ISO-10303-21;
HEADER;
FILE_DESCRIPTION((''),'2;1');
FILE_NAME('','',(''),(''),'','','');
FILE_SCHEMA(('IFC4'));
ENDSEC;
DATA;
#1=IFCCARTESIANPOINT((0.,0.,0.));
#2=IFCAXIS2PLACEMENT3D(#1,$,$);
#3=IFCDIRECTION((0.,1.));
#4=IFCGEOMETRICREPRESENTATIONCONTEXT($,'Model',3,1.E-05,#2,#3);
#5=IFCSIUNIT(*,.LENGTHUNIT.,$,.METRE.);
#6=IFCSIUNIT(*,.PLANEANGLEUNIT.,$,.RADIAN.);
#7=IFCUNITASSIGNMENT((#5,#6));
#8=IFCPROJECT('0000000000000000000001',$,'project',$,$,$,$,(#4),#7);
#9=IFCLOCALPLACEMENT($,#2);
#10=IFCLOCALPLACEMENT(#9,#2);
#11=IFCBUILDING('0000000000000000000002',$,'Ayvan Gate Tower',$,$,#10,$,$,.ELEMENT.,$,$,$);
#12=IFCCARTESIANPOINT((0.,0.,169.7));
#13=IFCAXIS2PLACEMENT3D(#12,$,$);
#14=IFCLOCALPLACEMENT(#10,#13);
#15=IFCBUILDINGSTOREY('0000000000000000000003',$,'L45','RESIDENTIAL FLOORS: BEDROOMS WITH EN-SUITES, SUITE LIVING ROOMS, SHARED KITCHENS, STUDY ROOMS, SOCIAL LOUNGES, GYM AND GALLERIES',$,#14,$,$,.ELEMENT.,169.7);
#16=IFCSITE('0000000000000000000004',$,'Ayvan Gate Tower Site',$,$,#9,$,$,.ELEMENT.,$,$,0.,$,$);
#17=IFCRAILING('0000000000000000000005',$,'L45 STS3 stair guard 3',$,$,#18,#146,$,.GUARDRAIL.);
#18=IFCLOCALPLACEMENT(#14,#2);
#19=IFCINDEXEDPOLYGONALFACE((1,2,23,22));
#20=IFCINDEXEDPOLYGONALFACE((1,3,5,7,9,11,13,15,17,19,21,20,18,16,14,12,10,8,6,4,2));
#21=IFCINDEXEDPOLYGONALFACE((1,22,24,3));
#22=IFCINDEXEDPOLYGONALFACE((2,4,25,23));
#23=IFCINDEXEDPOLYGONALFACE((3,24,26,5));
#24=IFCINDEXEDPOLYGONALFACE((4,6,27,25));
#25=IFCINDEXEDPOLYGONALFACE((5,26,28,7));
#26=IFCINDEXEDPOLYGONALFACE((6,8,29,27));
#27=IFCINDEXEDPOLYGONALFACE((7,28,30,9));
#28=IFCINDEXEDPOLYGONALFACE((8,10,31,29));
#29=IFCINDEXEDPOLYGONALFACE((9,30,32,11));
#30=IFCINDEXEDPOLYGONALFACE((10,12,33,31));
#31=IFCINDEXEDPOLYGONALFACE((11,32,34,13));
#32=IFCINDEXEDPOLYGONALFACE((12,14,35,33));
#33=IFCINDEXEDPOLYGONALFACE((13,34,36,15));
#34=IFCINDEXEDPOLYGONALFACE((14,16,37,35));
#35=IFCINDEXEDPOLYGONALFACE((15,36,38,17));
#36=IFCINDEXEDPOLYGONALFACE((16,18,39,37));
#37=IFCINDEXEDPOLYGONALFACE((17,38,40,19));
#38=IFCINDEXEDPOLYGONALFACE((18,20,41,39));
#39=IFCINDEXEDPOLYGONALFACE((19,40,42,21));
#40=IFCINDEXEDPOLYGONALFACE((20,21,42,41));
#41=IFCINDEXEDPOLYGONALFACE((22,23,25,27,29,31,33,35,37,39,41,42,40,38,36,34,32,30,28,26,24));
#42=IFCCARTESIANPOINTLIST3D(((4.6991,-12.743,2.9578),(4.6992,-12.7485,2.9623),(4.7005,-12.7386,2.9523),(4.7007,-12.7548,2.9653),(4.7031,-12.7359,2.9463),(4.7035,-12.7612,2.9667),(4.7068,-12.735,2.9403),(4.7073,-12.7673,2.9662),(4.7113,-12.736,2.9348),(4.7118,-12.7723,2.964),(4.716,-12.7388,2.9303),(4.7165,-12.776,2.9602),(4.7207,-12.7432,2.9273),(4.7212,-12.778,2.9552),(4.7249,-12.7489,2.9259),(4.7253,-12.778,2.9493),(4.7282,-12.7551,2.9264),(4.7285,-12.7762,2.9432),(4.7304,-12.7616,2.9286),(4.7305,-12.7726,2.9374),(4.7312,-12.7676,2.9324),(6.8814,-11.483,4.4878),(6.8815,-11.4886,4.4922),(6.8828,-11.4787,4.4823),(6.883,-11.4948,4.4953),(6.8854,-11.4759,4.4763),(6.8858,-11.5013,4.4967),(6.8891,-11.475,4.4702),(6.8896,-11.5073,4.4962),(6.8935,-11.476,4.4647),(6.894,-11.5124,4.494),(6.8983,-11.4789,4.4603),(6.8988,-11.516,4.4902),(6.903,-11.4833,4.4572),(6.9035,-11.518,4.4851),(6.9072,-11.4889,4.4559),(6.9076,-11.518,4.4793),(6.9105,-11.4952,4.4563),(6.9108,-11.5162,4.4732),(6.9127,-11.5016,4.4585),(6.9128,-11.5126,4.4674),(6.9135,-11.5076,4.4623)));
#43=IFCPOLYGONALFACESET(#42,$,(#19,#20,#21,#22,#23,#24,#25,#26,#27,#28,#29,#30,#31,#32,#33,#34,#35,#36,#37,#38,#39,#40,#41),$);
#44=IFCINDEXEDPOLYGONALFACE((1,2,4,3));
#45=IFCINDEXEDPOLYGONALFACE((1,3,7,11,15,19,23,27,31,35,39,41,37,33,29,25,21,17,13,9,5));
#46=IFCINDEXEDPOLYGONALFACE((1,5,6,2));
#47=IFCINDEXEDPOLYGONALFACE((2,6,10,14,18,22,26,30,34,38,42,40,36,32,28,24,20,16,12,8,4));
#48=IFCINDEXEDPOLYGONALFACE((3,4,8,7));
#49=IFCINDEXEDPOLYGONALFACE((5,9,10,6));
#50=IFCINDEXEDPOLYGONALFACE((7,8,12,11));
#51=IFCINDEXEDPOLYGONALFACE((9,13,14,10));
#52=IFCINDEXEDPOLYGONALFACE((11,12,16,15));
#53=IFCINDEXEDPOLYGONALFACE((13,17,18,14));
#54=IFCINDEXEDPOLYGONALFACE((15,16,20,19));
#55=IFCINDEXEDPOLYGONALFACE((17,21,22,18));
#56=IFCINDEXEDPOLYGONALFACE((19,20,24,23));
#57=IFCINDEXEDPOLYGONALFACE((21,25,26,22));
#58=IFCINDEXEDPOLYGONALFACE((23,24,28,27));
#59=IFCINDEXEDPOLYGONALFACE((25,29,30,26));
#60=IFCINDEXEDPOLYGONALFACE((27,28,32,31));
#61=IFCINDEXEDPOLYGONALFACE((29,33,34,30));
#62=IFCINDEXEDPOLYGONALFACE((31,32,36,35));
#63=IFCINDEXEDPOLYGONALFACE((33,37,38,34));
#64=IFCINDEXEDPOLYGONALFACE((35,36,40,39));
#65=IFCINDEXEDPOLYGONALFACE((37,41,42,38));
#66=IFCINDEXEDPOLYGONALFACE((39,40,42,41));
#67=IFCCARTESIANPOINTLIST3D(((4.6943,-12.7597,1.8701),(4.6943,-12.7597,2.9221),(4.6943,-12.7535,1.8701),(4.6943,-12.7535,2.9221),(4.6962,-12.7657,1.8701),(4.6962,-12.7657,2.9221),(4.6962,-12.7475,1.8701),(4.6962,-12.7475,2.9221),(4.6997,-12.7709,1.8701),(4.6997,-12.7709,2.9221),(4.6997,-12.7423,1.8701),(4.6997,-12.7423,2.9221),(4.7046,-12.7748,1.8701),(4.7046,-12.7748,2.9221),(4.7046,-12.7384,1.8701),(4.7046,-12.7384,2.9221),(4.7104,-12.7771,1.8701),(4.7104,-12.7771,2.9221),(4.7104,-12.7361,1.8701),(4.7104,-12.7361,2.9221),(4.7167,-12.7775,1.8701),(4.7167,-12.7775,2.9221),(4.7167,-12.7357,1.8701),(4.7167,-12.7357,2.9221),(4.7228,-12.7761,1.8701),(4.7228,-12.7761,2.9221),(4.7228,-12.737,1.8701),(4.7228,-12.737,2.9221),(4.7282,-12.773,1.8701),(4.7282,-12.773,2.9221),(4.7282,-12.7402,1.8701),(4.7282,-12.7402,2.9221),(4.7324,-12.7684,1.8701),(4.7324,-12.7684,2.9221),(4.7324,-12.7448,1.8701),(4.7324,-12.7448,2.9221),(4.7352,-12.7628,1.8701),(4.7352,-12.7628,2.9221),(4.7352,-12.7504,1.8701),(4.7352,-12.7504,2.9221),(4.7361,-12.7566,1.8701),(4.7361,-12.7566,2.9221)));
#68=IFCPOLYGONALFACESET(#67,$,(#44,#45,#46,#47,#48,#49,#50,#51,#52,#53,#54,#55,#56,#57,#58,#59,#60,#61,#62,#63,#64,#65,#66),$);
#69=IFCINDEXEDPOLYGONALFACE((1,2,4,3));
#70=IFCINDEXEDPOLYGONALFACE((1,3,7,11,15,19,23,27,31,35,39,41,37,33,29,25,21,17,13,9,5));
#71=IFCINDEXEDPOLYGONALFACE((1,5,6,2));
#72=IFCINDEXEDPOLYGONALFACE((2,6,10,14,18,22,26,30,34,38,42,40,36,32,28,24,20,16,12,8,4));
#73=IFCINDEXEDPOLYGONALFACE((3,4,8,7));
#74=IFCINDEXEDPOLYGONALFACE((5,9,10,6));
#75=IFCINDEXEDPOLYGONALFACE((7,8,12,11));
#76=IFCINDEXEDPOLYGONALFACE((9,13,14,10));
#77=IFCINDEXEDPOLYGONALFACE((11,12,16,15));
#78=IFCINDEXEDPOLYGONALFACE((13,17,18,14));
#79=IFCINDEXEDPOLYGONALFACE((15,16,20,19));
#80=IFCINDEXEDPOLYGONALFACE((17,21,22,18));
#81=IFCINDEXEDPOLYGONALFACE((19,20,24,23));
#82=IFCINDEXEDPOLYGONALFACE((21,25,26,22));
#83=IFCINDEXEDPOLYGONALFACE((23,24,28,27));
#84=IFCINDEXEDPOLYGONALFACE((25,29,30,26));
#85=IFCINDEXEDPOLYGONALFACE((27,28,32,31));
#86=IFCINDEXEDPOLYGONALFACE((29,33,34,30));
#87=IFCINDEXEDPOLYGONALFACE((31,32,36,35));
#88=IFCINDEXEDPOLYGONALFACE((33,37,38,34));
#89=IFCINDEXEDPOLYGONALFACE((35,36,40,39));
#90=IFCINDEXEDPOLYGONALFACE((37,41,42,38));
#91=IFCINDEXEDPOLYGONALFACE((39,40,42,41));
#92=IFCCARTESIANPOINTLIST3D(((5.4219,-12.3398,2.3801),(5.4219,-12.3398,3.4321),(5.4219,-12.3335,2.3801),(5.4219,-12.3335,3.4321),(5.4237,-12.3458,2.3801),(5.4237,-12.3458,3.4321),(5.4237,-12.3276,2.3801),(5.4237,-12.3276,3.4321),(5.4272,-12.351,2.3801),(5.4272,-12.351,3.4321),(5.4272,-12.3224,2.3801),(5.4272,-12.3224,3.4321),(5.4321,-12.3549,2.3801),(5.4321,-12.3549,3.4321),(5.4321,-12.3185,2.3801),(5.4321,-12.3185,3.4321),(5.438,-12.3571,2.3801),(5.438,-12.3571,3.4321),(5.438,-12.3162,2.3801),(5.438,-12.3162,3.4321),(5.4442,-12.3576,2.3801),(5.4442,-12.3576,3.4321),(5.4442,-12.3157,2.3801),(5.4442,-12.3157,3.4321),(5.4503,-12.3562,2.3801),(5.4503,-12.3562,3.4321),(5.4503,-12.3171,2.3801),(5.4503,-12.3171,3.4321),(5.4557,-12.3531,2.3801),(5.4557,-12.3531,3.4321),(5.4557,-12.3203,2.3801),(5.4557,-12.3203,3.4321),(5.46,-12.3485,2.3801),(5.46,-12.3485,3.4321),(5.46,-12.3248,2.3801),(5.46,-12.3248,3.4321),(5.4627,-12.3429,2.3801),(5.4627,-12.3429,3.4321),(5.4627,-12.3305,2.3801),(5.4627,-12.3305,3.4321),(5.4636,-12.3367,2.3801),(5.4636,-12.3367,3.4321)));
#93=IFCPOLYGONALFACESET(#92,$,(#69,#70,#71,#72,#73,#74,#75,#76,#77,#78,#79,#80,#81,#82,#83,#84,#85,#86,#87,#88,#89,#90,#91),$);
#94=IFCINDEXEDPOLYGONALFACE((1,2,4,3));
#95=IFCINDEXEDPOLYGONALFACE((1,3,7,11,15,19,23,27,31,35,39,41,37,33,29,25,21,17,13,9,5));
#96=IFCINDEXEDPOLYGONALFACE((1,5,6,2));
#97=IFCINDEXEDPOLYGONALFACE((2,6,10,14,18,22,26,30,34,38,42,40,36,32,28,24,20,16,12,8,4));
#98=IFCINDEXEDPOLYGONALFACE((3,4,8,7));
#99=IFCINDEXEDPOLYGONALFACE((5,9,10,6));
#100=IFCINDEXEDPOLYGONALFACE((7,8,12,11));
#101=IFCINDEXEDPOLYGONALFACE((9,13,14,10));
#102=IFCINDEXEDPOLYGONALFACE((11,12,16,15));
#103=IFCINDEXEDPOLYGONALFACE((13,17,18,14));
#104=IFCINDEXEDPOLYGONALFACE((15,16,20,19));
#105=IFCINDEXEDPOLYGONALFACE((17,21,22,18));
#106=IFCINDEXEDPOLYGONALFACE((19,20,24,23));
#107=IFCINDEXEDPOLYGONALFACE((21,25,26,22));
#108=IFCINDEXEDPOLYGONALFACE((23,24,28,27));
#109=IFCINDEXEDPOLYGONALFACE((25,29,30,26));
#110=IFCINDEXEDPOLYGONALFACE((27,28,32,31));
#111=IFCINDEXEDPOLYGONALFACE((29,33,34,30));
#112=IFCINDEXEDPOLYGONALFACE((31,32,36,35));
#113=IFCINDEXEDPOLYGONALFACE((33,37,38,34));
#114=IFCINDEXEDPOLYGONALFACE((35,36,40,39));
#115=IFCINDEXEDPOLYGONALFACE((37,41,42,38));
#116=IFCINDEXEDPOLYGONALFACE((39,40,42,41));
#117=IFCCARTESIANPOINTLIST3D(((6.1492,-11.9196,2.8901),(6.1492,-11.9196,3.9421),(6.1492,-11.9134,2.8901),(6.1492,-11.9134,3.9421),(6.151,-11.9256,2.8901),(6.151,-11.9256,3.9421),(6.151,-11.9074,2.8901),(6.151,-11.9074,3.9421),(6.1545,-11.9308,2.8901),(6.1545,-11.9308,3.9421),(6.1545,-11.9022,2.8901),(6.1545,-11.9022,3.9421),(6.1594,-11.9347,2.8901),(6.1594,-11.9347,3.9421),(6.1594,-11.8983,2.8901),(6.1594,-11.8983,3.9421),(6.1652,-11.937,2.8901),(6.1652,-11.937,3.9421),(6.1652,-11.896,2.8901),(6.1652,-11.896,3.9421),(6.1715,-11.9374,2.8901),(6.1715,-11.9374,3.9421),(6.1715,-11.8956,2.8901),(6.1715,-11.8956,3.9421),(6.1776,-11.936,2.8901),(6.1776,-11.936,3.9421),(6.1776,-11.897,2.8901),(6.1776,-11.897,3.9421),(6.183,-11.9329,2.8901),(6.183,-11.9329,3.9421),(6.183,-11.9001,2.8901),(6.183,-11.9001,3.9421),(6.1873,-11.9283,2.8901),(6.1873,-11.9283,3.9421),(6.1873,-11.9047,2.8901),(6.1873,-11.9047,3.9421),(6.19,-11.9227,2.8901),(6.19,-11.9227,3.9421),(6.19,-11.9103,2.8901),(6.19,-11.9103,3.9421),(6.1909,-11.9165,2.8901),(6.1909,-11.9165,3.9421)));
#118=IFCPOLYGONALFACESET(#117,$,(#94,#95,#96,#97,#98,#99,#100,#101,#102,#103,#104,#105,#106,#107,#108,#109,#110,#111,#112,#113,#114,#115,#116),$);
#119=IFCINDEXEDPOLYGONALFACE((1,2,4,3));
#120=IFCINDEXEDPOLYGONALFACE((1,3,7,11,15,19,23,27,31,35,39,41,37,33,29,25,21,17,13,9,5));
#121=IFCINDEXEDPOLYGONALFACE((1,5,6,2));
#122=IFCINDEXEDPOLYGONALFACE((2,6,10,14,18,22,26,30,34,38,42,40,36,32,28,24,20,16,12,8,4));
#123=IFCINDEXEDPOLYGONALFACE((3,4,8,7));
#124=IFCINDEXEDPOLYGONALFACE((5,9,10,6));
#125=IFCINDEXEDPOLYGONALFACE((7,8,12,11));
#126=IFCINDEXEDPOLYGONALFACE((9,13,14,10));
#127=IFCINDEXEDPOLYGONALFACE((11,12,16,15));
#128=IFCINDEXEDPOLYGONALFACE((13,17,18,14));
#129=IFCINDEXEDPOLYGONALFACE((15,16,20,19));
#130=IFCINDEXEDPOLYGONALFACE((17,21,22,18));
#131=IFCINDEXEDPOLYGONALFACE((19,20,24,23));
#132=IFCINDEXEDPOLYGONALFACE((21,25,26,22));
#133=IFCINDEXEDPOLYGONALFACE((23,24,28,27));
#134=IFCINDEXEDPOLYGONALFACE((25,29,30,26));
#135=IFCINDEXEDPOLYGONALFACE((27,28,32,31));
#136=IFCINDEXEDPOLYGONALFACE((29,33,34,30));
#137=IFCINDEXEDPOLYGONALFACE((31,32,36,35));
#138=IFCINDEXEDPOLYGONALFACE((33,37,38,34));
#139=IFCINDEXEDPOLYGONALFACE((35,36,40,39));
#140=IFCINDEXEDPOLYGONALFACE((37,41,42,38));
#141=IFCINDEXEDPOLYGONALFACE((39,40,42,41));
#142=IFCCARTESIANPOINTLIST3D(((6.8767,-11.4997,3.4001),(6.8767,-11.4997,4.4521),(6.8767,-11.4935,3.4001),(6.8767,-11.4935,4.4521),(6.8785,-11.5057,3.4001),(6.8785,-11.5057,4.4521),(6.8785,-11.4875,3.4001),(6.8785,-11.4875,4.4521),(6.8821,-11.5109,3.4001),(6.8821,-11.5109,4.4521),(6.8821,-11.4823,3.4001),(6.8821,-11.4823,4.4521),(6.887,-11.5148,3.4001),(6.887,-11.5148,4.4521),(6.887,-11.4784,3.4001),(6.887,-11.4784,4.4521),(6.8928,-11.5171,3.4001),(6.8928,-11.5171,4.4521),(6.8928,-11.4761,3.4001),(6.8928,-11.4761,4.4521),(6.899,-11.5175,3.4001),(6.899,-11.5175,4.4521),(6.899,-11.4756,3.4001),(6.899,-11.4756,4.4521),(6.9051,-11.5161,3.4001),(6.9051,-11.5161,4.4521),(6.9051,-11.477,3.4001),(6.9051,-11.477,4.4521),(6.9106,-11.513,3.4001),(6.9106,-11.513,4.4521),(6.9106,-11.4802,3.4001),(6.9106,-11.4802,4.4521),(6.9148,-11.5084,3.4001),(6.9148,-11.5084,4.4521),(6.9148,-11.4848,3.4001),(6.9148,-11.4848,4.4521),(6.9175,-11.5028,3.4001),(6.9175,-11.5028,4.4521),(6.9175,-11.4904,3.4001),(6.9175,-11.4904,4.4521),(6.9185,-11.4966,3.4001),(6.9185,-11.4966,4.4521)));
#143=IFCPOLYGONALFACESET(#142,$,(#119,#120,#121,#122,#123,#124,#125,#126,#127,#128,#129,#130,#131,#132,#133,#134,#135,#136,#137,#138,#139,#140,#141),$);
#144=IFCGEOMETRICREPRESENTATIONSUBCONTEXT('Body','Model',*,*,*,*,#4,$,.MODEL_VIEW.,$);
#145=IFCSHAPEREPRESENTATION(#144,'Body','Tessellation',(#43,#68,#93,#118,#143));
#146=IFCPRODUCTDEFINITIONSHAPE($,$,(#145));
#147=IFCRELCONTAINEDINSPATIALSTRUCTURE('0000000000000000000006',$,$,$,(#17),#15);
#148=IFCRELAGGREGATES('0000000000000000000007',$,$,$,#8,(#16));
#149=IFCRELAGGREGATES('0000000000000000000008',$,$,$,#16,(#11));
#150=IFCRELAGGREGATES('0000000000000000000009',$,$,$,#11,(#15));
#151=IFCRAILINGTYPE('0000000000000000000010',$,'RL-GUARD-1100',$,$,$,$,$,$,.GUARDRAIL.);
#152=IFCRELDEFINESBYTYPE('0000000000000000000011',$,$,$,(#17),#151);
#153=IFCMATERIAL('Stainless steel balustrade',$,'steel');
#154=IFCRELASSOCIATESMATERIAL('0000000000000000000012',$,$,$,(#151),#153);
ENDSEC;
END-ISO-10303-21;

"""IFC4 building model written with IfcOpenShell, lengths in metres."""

from ifc_helpers import new_model, si_unit, direction, frame, origin, origin_2d, place, context, subcontext, project, spatial, circle, extrude, material, type_object, element, save


model = new_model("IFC4")

# Units and contexts
model_context = context("Model", 3, precision=1e-05, world=origin(), true_north=direction((0.0, 1.0)))
body_context = subcontext(model_context, "Body", "Model", "MODEL_VIEW")
ifc_project = project(units=[si_unit("LENGTHUNIT", "METRE"), si_unit("PLANEANGLEUNIT", "RADIAN")], contexts=[model_context])

# Site, building, storey
site_placement = place(None, origin())
site = spatial("IfcSite", under=ifc_project, at=site_placement, Name="Ayvan Gate Tower Site", CompositionType="ELEMENT", RefElevation=0.0)
building_placement = place(site_placement, origin())
building = spatial("IfcBuilding", under=site, at=building_placement, Name="Ayvan Gate Tower", CompositionType="ELEMENT")
storey_placement = place(building_placement, frame((0.0, 0.0, 169.7)))
storey = spatial("IfcBuildingStorey", under=building, at=storey_placement, Name="L45", Description="RESIDENTIAL FLOORS: BEDROOMS WITH EN-SUITES, SUITE LIVING ROOMS, SHARED KITCHENS, STUDY ROOMS, SOCIAL LOUNGES, GYM AND GALLERIES", CompositionType="ELEMENT", Elevation=169.7)

# Railing
ifc_material_1 = material(Name="Stainless steel balustrade", Category="steel")
railing_type_1 = type_object("IfcRailingType", Name="RL-GUARD-1100", PredefinedType="GUARDRAIL", material=ifc_material_1)
railing_1_placement = place(storey_placement, frame((4.7151, -12.7566, 1.8701)))
element("IfcRailing", 1, at=railing_1_placement, inside=storey, type_object=railing_type_1, Name="L45 STS3 stair guard 3", PredefinedType="GUARDRAIL", context=body_context, shape_type="SweptSolid", body=[
    extrude(circle(Radius=0.0239, at=origin_2d()), frame((0.0, 0.0, 1.0762), z_axis=(0.740261, 0.427395, 0.518986), x_axis=(-0.500005, 0.866023, 0.0)), (0.0, 0.0, 1.0), 2.948),
    extrude(circle(Radius=0.021, at=origin_2d()), origin(), (0.0, 0.0, 1.0), 1.052),
    extrude(circle(Radius=0.021, at=origin_2d()), frame((0.7275, 0.4199, 0.51)), (0.0, 0.0, 1.0), 1.052),
    extrude(circle(Radius=0.021, at=origin_2d()), frame((1.4548, 0.8401, 1.02)), (0.0, 0.0, 1.0), 1.052),
    extrude(circle(Radius=0.021, at=origin_2d()), frame((2.1824, 1.26, 1.53)), (0.0, 0.0, 1.0), 1.052),
])

save(model, "model.ifc")
